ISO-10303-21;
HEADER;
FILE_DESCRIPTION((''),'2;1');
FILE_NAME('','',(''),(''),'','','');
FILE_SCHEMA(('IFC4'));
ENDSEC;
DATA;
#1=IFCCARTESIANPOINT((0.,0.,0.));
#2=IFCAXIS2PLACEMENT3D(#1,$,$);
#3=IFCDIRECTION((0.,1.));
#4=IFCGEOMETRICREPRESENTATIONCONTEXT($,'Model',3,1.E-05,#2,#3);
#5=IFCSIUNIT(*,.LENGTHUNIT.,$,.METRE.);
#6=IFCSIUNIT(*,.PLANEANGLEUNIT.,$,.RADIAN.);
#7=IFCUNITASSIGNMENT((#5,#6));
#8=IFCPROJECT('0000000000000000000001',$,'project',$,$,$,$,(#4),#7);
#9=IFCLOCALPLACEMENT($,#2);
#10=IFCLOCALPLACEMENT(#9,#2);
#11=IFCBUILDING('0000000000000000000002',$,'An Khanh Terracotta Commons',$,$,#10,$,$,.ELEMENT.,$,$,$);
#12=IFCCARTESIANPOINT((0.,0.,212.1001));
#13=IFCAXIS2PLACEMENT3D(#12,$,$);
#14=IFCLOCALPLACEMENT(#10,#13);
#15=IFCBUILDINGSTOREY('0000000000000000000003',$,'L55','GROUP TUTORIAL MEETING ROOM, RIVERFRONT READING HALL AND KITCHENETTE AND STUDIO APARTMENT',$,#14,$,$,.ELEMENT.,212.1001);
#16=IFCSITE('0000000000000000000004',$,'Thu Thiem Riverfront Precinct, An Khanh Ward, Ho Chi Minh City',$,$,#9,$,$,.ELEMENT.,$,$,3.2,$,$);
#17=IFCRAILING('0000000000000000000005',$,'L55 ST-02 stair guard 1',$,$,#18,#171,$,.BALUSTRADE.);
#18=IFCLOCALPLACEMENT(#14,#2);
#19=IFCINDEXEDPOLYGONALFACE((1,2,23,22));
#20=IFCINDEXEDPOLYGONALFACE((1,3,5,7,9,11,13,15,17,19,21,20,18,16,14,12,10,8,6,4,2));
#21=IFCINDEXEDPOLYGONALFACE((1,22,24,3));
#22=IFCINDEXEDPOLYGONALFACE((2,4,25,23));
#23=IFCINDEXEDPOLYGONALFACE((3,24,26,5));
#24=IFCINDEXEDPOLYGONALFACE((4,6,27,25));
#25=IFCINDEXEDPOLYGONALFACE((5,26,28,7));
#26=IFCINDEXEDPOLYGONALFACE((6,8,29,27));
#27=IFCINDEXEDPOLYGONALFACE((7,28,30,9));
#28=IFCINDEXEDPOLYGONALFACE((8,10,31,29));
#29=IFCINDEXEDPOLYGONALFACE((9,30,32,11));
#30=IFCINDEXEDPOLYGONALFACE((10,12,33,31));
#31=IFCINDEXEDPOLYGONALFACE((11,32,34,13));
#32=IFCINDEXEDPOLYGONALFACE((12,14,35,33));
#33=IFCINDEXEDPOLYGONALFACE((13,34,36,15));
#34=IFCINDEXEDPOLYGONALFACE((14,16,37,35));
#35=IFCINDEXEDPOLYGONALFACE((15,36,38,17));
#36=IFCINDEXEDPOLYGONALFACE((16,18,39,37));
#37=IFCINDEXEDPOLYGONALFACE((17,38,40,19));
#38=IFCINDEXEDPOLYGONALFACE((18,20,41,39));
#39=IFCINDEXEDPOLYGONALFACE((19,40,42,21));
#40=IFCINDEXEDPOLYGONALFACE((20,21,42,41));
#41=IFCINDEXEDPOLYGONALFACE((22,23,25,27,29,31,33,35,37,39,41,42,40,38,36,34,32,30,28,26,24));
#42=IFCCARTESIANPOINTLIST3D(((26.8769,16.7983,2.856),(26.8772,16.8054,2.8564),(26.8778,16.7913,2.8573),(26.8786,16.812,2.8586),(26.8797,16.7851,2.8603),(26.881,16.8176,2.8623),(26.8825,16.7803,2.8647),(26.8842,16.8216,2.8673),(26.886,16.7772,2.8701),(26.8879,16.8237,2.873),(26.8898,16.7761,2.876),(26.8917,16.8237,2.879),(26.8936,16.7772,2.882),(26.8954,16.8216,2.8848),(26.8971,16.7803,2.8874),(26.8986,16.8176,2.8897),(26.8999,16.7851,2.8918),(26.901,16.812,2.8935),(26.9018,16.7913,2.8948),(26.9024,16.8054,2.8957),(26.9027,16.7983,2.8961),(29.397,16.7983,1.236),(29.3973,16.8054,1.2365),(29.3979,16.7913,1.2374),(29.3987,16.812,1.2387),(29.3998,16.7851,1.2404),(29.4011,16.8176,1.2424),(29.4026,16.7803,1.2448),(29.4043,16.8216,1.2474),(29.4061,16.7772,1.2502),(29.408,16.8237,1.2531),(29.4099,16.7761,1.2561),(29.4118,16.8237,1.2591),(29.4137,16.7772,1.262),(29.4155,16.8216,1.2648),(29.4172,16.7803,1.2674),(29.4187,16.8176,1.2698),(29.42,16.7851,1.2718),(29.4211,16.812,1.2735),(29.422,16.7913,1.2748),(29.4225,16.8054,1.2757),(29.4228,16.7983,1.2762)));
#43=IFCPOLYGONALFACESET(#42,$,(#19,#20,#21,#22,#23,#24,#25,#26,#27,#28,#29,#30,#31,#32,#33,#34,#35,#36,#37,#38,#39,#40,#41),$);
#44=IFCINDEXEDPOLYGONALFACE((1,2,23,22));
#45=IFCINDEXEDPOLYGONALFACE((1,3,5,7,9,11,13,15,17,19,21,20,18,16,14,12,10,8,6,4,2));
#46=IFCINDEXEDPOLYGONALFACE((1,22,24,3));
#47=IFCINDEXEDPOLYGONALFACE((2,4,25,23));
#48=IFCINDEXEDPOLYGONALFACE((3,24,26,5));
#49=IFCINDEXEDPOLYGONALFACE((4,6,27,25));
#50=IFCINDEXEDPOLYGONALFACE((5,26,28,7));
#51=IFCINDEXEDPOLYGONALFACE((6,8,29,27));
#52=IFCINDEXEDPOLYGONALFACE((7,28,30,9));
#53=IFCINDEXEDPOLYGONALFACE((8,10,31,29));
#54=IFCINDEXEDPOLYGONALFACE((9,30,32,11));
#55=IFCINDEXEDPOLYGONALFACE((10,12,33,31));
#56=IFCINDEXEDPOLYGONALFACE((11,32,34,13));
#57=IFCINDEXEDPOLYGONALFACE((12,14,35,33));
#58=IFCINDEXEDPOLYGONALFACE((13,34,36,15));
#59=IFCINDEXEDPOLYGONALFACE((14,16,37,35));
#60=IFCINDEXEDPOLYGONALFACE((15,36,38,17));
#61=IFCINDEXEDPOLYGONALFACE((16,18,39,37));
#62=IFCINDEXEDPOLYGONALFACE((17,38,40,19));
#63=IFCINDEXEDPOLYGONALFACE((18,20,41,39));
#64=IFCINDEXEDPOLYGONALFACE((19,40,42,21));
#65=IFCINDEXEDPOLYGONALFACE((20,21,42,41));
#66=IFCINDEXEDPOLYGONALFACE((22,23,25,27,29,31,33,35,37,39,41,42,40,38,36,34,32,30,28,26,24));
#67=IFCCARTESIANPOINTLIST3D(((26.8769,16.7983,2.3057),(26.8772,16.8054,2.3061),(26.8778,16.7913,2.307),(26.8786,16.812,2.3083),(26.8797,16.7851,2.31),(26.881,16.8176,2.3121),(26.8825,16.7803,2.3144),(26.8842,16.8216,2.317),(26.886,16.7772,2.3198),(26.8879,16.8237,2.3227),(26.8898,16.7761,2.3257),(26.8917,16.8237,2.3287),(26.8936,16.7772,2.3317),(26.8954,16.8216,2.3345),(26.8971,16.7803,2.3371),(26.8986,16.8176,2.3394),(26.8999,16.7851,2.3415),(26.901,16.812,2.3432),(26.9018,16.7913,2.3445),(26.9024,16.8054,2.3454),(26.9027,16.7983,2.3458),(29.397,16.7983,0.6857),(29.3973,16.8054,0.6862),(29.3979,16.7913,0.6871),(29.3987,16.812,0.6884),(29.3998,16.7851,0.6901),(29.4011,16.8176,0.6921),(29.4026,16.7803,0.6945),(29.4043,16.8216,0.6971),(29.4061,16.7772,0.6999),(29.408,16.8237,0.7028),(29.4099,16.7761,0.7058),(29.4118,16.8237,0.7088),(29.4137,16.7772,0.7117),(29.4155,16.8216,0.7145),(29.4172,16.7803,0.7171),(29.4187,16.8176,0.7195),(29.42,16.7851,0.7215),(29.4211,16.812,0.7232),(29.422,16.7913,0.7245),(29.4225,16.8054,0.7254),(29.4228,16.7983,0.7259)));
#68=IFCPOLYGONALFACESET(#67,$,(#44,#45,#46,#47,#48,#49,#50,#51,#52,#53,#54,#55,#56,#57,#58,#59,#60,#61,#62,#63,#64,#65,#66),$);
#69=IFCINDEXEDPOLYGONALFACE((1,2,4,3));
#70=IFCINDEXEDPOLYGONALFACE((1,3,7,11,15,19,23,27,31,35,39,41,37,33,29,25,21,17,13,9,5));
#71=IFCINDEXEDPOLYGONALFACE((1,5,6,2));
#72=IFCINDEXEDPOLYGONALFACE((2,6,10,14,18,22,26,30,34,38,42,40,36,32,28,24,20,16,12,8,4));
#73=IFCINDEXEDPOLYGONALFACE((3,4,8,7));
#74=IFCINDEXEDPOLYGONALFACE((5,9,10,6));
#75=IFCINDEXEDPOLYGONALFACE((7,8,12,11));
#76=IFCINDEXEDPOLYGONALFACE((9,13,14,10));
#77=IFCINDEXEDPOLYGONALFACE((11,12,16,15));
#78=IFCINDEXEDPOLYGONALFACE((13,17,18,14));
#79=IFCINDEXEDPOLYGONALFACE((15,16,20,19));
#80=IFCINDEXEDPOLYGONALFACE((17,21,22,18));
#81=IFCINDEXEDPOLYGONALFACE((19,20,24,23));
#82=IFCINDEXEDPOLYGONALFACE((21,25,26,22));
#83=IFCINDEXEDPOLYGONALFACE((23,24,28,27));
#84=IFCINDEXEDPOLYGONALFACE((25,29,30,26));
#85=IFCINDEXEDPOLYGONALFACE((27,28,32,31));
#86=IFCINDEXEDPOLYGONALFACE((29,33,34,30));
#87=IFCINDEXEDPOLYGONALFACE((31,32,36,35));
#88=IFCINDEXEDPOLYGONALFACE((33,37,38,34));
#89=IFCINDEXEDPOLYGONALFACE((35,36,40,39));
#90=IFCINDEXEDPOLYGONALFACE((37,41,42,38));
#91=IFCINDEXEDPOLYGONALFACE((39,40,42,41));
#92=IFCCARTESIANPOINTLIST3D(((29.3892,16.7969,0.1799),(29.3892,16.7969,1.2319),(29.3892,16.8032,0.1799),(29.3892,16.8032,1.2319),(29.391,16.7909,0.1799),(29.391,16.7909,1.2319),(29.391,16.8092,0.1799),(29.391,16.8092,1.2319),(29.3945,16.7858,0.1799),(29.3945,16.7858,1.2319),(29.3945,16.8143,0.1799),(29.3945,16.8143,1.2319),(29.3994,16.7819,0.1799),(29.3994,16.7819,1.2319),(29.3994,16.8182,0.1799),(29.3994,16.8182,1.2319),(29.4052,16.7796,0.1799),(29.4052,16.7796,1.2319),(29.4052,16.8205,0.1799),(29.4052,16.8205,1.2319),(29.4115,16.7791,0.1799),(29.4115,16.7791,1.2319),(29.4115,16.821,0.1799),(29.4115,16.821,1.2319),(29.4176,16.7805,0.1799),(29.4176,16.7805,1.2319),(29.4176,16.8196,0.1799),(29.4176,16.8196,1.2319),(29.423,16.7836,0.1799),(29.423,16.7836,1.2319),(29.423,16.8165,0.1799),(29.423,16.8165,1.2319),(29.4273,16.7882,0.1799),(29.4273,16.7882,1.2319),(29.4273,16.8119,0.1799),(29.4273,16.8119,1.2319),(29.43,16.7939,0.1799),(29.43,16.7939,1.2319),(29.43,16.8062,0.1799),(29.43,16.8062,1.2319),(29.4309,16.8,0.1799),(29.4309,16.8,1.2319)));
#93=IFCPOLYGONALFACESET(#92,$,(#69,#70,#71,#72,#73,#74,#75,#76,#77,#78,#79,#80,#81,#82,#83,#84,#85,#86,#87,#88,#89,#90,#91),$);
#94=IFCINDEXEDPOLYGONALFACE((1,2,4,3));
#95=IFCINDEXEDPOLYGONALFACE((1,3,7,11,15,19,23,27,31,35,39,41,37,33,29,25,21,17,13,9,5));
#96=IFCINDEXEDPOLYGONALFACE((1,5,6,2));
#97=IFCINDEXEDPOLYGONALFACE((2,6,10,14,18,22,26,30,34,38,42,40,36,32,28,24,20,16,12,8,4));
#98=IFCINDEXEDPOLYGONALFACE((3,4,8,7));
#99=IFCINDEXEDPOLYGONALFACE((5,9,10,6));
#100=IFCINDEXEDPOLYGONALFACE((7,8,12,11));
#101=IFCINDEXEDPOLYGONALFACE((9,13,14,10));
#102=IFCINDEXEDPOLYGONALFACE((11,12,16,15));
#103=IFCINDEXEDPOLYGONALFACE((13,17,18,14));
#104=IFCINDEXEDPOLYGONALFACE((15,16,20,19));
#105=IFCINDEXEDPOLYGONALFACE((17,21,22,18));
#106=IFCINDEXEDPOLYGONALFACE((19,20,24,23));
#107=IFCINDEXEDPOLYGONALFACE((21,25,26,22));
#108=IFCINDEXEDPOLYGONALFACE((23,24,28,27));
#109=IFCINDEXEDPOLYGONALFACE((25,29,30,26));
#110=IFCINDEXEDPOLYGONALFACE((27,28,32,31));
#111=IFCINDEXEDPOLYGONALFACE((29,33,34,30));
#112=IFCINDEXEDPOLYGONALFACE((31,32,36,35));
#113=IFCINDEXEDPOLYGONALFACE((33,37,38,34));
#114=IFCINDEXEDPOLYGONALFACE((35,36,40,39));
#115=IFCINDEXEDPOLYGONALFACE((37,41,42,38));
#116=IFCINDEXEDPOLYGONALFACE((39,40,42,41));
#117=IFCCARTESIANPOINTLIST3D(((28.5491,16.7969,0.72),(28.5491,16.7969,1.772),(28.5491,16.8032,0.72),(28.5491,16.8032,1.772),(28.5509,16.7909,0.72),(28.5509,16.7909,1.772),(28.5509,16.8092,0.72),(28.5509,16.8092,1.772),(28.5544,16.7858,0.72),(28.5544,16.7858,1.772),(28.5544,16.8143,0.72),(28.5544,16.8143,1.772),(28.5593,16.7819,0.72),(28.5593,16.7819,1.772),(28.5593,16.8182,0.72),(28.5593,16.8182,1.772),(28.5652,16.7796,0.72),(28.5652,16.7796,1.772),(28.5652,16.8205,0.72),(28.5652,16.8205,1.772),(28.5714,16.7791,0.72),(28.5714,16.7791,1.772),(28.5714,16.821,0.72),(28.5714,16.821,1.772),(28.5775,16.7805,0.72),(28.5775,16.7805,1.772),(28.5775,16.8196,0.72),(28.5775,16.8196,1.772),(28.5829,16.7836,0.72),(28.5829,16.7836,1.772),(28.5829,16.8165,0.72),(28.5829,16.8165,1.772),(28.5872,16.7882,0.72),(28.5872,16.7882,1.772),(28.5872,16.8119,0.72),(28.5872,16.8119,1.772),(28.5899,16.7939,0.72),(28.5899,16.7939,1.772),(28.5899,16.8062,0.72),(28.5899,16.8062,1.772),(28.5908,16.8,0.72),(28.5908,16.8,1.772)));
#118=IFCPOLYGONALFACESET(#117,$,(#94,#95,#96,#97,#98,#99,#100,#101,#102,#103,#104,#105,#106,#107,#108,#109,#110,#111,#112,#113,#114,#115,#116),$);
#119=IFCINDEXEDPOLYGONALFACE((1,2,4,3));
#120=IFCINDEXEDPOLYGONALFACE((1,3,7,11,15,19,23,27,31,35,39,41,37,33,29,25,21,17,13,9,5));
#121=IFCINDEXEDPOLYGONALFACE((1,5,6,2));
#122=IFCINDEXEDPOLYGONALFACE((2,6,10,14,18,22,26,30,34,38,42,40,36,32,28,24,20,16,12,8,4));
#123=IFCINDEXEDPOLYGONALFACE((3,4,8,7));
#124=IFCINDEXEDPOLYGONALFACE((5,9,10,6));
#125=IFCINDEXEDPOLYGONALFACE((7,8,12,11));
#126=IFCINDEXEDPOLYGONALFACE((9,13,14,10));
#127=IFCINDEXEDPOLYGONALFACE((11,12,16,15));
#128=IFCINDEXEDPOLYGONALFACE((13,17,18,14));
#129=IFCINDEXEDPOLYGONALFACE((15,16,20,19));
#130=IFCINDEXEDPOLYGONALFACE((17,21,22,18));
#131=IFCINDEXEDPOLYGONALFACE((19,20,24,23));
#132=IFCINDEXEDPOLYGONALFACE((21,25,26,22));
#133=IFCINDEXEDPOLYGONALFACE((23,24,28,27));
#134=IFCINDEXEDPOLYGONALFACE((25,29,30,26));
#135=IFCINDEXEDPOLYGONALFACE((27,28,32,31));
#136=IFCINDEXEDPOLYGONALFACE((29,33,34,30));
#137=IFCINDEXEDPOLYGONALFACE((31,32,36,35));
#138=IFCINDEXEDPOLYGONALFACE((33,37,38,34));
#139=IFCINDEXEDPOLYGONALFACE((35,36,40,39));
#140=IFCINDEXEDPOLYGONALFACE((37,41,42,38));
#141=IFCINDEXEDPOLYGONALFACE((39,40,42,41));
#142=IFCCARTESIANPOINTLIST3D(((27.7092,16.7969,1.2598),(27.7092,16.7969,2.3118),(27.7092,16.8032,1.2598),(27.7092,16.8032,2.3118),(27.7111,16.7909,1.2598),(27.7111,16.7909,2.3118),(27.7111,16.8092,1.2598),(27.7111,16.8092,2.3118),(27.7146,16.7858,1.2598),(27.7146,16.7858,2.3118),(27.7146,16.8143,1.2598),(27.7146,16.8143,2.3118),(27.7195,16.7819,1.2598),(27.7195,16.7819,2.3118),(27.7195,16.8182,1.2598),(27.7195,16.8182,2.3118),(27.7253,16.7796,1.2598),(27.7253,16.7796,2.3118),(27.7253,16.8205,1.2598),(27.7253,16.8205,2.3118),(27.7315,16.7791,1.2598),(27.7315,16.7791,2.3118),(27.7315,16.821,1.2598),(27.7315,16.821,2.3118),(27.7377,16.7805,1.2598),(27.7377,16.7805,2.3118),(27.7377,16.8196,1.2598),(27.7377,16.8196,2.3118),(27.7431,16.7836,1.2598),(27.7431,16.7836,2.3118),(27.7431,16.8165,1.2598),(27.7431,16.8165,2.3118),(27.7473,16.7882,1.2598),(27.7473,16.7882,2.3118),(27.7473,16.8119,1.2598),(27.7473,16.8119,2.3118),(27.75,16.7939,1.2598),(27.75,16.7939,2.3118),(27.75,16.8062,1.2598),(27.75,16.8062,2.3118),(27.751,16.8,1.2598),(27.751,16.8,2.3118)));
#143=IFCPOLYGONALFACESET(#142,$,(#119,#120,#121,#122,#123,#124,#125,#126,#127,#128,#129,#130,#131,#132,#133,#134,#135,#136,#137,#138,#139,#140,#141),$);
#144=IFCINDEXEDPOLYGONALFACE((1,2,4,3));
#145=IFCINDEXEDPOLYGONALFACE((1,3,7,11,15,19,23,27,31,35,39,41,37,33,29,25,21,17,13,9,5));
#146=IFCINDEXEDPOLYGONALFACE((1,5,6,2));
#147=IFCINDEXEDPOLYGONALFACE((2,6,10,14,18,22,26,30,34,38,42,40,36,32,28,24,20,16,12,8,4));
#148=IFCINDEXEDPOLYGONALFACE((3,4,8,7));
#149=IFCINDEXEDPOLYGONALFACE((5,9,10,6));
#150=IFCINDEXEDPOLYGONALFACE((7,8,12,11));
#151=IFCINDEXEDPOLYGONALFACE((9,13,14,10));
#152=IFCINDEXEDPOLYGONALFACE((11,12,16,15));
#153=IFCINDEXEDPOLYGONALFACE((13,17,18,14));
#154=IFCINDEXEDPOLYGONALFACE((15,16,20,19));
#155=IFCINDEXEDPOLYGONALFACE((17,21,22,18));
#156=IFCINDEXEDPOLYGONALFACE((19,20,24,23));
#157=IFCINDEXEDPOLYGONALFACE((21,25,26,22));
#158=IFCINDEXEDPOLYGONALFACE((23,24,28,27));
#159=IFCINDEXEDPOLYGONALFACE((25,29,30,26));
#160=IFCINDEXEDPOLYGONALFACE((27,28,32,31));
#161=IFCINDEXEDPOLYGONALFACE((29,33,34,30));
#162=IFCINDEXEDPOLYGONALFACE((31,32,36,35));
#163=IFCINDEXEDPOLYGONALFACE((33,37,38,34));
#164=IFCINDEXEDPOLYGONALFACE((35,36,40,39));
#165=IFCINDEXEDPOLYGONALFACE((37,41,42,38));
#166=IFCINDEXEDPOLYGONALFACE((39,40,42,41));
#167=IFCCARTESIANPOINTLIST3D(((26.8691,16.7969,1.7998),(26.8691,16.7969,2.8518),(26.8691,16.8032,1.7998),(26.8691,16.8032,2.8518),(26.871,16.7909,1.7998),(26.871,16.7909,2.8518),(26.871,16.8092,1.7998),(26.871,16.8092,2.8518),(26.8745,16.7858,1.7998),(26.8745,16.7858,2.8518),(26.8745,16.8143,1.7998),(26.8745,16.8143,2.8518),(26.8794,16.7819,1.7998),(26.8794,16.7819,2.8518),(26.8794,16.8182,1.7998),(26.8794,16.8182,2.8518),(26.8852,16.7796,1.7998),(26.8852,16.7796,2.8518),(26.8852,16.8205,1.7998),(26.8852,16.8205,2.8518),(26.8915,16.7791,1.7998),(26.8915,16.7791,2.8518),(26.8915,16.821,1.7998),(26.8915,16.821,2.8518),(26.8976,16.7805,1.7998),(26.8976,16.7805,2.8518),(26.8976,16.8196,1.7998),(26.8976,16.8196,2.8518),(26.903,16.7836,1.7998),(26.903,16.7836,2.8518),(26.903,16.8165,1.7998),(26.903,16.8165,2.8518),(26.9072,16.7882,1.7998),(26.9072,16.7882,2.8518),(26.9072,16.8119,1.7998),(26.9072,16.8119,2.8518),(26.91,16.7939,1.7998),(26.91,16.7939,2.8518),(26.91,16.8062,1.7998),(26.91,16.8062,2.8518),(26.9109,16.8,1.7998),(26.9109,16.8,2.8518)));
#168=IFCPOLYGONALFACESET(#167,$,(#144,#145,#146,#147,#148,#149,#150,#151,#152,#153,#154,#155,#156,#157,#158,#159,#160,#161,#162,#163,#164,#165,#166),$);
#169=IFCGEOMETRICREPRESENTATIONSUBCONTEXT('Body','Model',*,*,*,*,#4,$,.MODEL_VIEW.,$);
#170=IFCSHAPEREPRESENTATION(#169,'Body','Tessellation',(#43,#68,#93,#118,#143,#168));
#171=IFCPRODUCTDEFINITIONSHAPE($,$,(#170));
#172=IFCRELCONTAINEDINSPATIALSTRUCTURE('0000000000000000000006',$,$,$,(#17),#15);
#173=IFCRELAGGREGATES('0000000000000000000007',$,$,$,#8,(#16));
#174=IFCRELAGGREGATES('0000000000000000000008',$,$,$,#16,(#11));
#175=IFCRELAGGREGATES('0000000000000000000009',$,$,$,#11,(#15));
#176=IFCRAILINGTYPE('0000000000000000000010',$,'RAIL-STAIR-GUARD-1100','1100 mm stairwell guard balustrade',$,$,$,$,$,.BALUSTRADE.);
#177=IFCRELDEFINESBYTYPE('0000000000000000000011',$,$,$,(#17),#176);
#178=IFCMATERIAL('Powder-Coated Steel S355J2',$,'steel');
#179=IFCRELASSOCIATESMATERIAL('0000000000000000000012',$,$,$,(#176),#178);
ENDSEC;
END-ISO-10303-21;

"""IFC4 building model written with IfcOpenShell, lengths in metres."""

from ifc_helpers import new_model, si_unit, direction, frame, origin, origin_2d, place, context, subcontext, project, spatial, circle, extrude, material, type_object, element, save


model = new_model("IFC4")

# Units and contexts
model_context = context("Model", 3, precision=1e-05, world=origin(), true_north=direction((0.0, 1.0)))
body_context = subcontext(model_context, "Body", "Model", "MODEL_VIEW")
ifc_project = project(units=[si_unit("LENGTHUNIT", "METRE"), si_unit("PLANEANGLEUNIT", "RADIAN")], contexts=[model_context])

# Site, building, storey
site_placement = place(None, origin())
site = spatial("IfcSite", under=ifc_project, at=site_placement, Name="Thu Thiem Riverfront Precinct, An Khanh Ward, Ho Chi Minh City", CompositionType="ELEMENT", RefElevation=3.2)
building_placement = place(site_placement, origin())
building = spatial("IfcBuilding", under=site, at=building_placement, Name="An Khanh Terracotta Commons", CompositionType="ELEMENT")
storey_placement = place(building_placement, frame((0.0, 0.0, 212.1001)))
storey = spatial("IfcBuildingStorey", under=building, at=storey_placement, Name="L55", Description="GROUP TUTORIAL MEETING ROOM, RIVERFRONT READING HALL AND KITCHENETTE AND STUDIO APARTMENT", CompositionType="ELEMENT", Elevation=212.1001)

# Railing
ifc_material_1 = material(Name="Powder-Coated Steel S355J2", Category="steel")
railing_type = type_object("IfcRailingType", Name="RAIL-STAIR-GUARD-1100", Description="1100 mm stairwell guard balustrade", PredefinedType="BALUSTRADE", material=ifc_material_1)
railing_1_placement = place(storey_placement, frame((29.4099, 16.8, 0.1799)))
element("IfcRailing", 1, at=railing_1_placement, inside=storey, type_object=railing_type, Name="L55 ST-02 stair guard 1", PredefinedType="BALUSTRADE", context=body_context, shape_type="SweptSolid", body=[
    extrude(circle(Radius=0.0239, at=origin_2d()), frame((0.0, 0.0, 1.0762), z_axis=(-0.8412, 0.0, 0.540725), x_axis=(0.0, -1.0, 0.0)), (0.0, 0.0, 1.0), 2.9958),
    extrude(circle(Radius=0.0239, at=origin_2d()), frame((0.0, 0.0, 0.5259), z_axis=(-0.8412, 0.0, 0.540725), x_axis=(0.0, -1.0, 0.0)), (0.0, 0.0, 1.0), 2.9958),
    extrude(circle(Radius=0.021, at=origin_2d()), origin(), (0.0, 0.0, 1.0), 1.052),
    extrude(circle(Radius=0.021, at=origin_2d()), frame((-0.8401, 0.0, 0.54)), (0.0, 0.0, 1.0), 1.052),
    extrude(circle(Radius=0.021, at=origin_2d()), frame((-1.6799, 0.0, 1.0798)), (0.0, 0.0, 1.0), 1.052),
    extrude(circle(Radius=0.021, at=origin_2d()), frame((-2.52, 0.0, 1.6199)), (0.0, 0.0, 1.0), 1.052),
])

save(model, "model.ifc")
